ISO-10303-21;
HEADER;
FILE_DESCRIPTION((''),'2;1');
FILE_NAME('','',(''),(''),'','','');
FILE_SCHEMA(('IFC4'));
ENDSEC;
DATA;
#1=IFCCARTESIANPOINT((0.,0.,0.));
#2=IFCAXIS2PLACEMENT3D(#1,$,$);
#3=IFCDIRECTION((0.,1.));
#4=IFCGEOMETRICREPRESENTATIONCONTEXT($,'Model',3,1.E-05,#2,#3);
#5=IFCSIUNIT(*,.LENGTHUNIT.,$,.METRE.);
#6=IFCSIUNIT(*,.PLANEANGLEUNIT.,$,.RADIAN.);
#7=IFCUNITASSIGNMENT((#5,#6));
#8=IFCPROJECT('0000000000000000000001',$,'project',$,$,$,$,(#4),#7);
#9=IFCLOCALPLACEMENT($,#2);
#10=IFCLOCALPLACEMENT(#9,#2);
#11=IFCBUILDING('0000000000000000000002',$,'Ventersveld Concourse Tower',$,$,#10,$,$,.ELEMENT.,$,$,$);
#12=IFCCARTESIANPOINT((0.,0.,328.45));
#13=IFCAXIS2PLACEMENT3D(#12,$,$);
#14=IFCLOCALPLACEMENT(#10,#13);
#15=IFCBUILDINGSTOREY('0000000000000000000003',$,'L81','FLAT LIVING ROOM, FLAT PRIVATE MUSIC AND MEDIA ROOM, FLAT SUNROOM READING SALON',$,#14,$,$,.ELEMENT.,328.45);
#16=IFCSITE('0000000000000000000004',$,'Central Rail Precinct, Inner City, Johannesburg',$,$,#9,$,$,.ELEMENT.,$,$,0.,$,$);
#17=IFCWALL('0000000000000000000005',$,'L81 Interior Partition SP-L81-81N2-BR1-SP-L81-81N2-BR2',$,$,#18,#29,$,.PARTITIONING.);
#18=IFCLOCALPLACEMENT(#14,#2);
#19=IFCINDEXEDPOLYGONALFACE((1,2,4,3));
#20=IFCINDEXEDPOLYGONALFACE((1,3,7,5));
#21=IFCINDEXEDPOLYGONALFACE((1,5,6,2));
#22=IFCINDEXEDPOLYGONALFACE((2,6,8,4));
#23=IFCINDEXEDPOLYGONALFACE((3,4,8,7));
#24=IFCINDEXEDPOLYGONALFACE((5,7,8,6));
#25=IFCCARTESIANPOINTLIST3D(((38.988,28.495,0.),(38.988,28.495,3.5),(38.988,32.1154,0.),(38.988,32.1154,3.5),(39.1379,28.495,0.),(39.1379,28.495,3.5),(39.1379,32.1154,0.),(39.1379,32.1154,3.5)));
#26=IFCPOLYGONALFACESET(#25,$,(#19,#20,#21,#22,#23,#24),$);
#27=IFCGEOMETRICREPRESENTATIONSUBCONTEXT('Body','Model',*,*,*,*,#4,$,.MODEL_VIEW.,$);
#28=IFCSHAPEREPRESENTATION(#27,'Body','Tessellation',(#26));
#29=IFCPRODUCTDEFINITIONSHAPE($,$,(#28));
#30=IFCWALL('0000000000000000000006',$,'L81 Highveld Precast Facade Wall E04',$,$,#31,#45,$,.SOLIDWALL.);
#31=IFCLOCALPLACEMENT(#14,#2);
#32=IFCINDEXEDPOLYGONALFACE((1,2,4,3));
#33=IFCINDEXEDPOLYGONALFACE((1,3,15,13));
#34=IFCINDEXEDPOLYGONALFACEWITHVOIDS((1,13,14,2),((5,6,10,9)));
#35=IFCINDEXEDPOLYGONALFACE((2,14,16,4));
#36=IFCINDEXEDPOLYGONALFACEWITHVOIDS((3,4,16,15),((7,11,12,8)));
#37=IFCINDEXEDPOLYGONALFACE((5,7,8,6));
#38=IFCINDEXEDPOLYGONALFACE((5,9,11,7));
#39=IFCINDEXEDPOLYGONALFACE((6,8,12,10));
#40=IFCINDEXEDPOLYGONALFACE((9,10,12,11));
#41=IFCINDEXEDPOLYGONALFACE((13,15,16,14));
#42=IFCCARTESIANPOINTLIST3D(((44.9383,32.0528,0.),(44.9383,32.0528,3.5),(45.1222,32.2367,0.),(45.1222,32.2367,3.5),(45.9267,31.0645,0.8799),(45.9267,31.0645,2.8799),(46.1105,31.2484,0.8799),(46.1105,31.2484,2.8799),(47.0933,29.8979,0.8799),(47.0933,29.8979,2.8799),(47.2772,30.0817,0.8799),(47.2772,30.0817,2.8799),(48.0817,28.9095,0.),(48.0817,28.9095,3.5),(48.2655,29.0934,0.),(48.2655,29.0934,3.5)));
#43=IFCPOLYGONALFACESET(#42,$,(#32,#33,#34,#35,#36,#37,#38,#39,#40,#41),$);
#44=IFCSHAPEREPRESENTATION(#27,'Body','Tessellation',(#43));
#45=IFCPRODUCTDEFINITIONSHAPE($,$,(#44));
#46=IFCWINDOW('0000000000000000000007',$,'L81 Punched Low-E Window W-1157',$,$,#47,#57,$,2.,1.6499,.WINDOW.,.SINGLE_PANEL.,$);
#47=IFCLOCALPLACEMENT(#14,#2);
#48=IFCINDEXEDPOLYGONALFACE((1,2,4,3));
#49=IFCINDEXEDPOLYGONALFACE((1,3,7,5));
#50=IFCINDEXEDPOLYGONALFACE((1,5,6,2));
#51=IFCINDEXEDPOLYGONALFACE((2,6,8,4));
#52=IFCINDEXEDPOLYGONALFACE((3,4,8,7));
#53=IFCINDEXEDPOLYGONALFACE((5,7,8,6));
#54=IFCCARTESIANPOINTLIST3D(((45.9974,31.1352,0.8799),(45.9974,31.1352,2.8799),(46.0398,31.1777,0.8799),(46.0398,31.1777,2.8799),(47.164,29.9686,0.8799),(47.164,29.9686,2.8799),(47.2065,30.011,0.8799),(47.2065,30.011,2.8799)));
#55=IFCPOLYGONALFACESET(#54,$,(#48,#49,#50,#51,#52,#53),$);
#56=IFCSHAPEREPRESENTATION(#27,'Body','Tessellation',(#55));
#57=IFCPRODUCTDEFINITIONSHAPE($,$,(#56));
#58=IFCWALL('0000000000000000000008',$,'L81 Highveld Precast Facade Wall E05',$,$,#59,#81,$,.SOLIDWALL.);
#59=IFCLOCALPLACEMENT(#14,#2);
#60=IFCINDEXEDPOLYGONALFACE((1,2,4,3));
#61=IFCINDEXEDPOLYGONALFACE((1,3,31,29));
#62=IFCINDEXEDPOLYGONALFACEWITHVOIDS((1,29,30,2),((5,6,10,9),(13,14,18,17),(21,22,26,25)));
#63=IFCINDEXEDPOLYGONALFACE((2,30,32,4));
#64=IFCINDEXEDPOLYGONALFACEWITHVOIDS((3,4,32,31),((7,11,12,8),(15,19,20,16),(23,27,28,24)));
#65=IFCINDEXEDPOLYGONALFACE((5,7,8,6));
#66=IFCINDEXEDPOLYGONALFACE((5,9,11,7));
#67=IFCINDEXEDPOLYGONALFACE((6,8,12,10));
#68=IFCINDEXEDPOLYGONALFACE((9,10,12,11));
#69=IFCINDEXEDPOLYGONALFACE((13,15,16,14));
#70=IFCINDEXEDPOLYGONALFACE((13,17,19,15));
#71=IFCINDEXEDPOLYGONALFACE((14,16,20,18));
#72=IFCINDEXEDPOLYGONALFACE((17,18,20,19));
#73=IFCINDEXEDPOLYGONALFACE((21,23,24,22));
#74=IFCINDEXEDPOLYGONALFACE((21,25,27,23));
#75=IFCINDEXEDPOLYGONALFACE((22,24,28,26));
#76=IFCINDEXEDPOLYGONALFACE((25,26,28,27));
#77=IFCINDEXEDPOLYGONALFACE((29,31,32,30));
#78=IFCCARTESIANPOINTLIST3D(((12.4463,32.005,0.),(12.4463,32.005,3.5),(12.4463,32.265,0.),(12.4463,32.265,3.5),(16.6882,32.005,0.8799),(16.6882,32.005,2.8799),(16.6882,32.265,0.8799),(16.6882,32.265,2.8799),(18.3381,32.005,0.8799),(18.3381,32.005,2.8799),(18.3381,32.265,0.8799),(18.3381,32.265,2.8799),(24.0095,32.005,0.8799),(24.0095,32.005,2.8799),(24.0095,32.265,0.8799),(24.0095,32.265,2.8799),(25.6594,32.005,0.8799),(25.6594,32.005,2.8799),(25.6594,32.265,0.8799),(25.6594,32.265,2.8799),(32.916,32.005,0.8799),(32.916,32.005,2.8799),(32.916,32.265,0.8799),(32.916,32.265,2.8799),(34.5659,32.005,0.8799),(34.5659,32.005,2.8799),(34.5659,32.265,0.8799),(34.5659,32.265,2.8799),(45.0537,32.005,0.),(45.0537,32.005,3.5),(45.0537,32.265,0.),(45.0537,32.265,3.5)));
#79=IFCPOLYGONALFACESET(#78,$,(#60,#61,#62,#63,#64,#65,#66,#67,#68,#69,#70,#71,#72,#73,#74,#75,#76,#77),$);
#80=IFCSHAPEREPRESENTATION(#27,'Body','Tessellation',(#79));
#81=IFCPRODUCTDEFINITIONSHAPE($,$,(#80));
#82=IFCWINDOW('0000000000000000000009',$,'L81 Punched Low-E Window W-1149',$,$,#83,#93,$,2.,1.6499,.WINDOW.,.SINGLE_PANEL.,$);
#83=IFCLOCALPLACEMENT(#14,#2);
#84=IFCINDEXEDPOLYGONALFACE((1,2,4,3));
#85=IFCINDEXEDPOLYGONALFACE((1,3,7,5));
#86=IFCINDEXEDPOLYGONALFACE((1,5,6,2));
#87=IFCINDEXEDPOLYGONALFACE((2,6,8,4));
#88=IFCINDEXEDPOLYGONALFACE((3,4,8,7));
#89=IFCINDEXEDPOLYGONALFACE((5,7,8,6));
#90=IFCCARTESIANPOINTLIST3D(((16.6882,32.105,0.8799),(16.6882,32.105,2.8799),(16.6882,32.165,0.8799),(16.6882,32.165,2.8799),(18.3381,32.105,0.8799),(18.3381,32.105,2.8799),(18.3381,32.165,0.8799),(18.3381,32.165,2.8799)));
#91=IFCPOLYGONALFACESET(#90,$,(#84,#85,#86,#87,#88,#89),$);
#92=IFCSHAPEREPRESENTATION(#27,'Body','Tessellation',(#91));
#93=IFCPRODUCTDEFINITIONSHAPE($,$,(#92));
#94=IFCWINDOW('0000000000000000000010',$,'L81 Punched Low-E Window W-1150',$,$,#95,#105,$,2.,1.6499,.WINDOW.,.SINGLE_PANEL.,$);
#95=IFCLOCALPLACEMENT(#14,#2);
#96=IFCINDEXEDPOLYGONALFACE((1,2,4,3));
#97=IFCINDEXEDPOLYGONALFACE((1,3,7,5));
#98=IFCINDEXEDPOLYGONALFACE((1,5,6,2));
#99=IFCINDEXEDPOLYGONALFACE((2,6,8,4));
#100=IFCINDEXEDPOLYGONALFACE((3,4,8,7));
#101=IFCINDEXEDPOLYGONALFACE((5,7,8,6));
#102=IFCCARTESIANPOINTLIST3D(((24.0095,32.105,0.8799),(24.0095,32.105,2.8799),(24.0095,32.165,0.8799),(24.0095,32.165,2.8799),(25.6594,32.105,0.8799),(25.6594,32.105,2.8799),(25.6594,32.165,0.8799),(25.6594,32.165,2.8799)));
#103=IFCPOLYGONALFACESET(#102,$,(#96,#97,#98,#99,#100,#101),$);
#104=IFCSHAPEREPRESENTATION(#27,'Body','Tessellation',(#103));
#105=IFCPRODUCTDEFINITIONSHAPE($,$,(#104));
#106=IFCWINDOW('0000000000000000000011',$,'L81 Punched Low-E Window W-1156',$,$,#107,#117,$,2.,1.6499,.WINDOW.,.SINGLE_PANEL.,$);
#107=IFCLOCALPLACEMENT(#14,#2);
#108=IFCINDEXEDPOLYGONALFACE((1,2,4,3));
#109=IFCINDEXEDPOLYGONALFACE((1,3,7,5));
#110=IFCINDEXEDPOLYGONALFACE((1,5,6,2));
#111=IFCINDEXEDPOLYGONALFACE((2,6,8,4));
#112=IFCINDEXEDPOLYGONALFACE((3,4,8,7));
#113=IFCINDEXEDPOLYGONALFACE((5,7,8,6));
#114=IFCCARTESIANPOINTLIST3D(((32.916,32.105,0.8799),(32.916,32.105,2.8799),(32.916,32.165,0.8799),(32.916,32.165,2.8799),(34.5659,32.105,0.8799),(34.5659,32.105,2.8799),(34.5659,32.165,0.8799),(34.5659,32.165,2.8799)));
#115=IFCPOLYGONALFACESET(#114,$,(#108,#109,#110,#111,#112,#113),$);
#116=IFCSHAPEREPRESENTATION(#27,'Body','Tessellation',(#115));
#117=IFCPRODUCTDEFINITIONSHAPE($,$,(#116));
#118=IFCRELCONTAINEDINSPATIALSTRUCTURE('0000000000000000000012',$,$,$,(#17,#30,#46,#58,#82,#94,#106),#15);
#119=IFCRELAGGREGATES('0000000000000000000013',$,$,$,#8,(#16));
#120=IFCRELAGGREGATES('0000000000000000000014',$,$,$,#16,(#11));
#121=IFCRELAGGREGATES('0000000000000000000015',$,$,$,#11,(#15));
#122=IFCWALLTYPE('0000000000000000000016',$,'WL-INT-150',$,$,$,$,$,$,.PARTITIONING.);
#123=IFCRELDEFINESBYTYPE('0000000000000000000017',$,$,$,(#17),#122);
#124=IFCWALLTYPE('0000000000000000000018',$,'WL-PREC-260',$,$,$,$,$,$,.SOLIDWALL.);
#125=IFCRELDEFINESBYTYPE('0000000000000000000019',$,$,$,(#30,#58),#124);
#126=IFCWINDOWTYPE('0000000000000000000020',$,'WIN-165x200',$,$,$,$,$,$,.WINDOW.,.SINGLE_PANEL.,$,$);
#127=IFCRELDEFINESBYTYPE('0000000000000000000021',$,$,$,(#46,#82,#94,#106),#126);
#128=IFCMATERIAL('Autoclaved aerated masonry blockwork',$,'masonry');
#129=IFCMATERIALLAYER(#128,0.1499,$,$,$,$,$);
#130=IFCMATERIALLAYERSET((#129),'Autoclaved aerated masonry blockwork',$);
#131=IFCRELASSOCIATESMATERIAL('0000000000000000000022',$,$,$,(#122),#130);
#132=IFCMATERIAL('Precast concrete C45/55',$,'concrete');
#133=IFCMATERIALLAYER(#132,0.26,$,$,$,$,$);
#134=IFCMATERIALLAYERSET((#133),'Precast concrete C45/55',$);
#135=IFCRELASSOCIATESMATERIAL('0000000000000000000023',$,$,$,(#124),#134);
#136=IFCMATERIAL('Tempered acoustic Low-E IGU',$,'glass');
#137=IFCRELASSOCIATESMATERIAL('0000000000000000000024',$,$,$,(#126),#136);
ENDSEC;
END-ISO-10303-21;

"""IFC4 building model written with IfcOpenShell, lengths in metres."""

from ifc_helpers import new_model, si_unit, direction, frame, frame_2d, origin, place, context, subcontext, project, spatial, rectangle, extrude, material, layer, layer_set, type_object, element, fill, save


model = new_model("IFC4")

# Units and contexts
model_context = context("Model", 3, precision=1e-05, world=origin(), true_north=direction((0.0, 1.0)))
body_context = subcontext(model_context, "Body", "Model", "MODEL_VIEW")
ifc_project = project(units=[si_unit("LENGTHUNIT", "METRE"), si_unit("PLANEANGLEUNIT", "RADIAN")], contexts=[model_context])

# Site, building, storey
site_placement = place(None, origin())
site = spatial("IfcSite", under=ifc_project, at=site_placement, Name="Central Rail Precinct, Inner City, Johannesburg", CompositionType="ELEMENT", RefElevation=0.0)
building_placement = place(site_placement, origin())
building = spatial("IfcBuilding", under=site, at=building_placement, Name="Ventersveld Concourse Tower", CompositionType="ELEMENT")
storey_placement = place(building_placement, frame((0.0, 0.0, 328.45)))
storey = spatial("IfcBuildingStorey", under=building, at=storey_placement, Name="L81", Description="FLAT LIVING ROOM, FLAT PRIVATE MUSIC AND MEDIA ROOM, FLAT SUNROOM READING SALON", CompositionType="ELEMENT", Elevation=328.45)

# Shared definitions
ifc_material_1 = material(Name="Autoclaved aerated masonry blockwork", Category="masonry")
ifc_layer_1 = layer(ifc_material_1, 0.1499)
ifc_layer_set_1 = layer_set([ifc_layer_1], Name="Autoclaved aerated masonry blockwork")
wall_type_1 = type_object("IfcWallType", Name="WL-INT-150", PredefinedType="PARTITIONING", material=ifc_layer_set_1)

# Wall
wall_1_placement = place(storey_placement, frame((39.063, 28.4951, 0.0), z_axis=(0.0, 0.0, 1.0), x_axis=(0.0, 1.0, 0.0)))
element("IfcWall", 1, at=wall_1_placement, inside=storey, type_object=wall_type_1, Name="L81 Interior Partition SP-L81-81N2-BR1-SP-L81-81N2-BR2", PredefinedType="PARTITIONING", context=body_context, shape_type="SweptSolid", body=[
    extrude(rectangle(XDim=3.6204, YDim=0.1499, at=frame_2d((1.8101, 0.0))), origin(), (0.0, 0.0, 1.0), 3.5),
])

# Wall, opening, window
ifc_material_2 = material(Name="Precast concrete C45/55", Category="concrete")
ifc_layer_2 = layer(ifc_material_2, 0.26)
ifc_layer_set_2 = layer_set([ifc_layer_2], Name="Precast concrete C45/55")
wall_type_2 = type_object("IfcWallType", Name="WL-PREC-260", PredefinedType="SOLIDWALL", material=ifc_layer_set_2)
wall_2_placement = place(storey_placement, frame((48.1736, 29.0015, 0.0), z_axis=(0.0, 0.0, 1.0), x_axis=(-0.707107, 0.707107, 0.0)))
wall_2 = element("IfcWall", 2, at=wall_2_placement, inside=storey, type_object=wall_type_2, Name="L81 Highveld Precast Facade Wall E04", PredefinedType="SOLIDWALL", context=body_context, shape_type="SweptSolid", body=[
    extrude(rectangle(XDim=4.4453, YDim=0.26, at=frame_2d((2.2227, 0.0))), origin(), (0.0, 0.0, 1.0), 3.5),
])
opening_1_placement = place(wall_2_placement, frame((1.3977, 0.0, 0.8799)))
opening_1 = element("IfcOpeningElement", 3, at=opening_1_placement, cuts=wall_2, PredefinedType="OPENING", context=body_context, shape_type="SweptSolid", body=[
    extrude(rectangle(XDim=1.6499, YDim=2.0, at=frame_2d((0.825, 1.0))), frame((0.0, 0.1401, 0.0), z_axis=(0.0, -1.0, 0.0), x_axis=(1.0, 0.0, 0.0)), (0.0, 0.0, 1.0), 0.28),
])
ifc_material_3 = material(Name="Tempered acoustic Low-E IGU", Category="glass")
window_type = type_object("IfcWindowType", Name="WIN-165x200", PartitioningType="SINGLE_PANEL", PredefinedType="WINDOW", material=ifc_material_3)
window_1_placement = place(opening_1_placement, origin())
window_1 = element("IfcWindow", 4, at=window_1_placement, inside=storey, type_object=window_type, Name="L81 Punched Low-E Window W-1157", OverallHeight=2.0, OverallWidth=1.6499, PartitioningType="SINGLE_PANEL", PredefinedType="WINDOW", context=body_context, shape_type="SweptSolid", body=[
    extrude(rectangle(XDim=1.6499, YDim=2.0, at=frame_2d((0.825, 1.0))), frame((0.0, 0.03, 0.0), z_axis=(0.0, -1.0, 0.0), x_axis=(1.0, 0.0, 0.0)), (0.0, 0.0, 1.0), 0.0601),
])
fill(opening_1, window_1)

# Wall, openings, windows
wall_3_placement = place(storey_placement, frame((45.0537, 32.135, 0.0), z_axis=(0.0, 0.0, 1.0), x_axis=(-1.0, 0.0, 0.0)))
wall_3 = element("IfcWall", 5, at=wall_3_placement, inside=storey, type_object=wall_type_2, Name="L81 Highveld Precast Facade Wall E05", PredefinedType="SOLIDWALL", context=body_context, shape_type="SweptSolid", body=[
    extrude(rectangle(XDim=32.6074, YDim=0.26, at=frame_2d((16.3037, 0.0))), origin(), (0.0, 0.0, 1.0), 3.5),
])
opening_2_placement = place(wall_3_placement, frame((26.7156, 0.0, 0.8799)))
opening_2 = element("IfcOpeningElement", 6, at=opening_2_placement, cuts=wall_3, PredefinedType="OPENING", context=body_context, shape_type="SweptSolid", body=[
    extrude(rectangle(XDim=1.6499, YDim=2.0, at=frame_2d((0.825, 1.0))), frame((0.0, 0.1401, 0.0), z_axis=(0.0, -1.0, 0.0), x_axis=(1.0, 0.0, 0.0)), (0.0, 0.0, 1.0), 0.28),
])
opening_3_placement = place(wall_3_placement, frame((19.3943, 0.0, 0.8799)))
opening_3 = element("IfcOpeningElement", 7, at=opening_3_placement, cuts=wall_3, PredefinedType="OPENING", context=body_context, shape_type="SweptSolid", body=[
    extrude(rectangle(XDim=1.6499, YDim=2.0, at=frame_2d((0.825, 1.0))), frame((0.0, 0.1401, 0.0), z_axis=(0.0, -1.0, 0.0), x_axis=(1.0, 0.0, 0.0)), (0.0, 0.0, 1.0), 0.28),
])
opening_4_placement = place(wall_3_placement, frame((10.4878, 0.0, 0.8799)))
opening_4 = element("IfcOpeningElement", 8, at=opening_4_placement, cuts=wall_3, PredefinedType="OPENING", context=body_context, shape_type="SweptSolid", body=[
    extrude(rectangle(XDim=1.6499, YDim=2.0, at=frame_2d((0.825, 1.0))), frame((0.0, 0.1401, 0.0), z_axis=(0.0, -1.0, 0.0), x_axis=(1.0, 0.0, 0.0)), (0.0, 0.0, 1.0), 0.28),
])
window_2_placement = place(opening_2_placement, origin())
window_2 = element("IfcWindow", 9, at=window_2_placement, inside=storey, type_object=window_type, Name="L81 Punched Low-E Window W-1149", OverallHeight=2.0, OverallWidth=1.6499, PartitioningType="SINGLE_PANEL", PredefinedType="WINDOW", context=body_context, shape_type="SweptSolid", body=[
    extrude(rectangle(XDim=1.6499, YDim=2.0, at=frame_2d((0.825, 1.0))), frame((0.0, 0.03, 0.0), z_axis=(0.0, -1.0, 0.0), x_axis=(1.0, 0.0, 0.0)), (0.0, 0.0, 1.0), 0.0601),
])
fill(opening_2, window_2)
window_3_placement = place(opening_3_placement, origin())
window_3 = element("IfcWindow", 10, at=window_3_placement, inside=storey, type_object=window_type, Name="L81 Punched Low-E Window W-1150", OverallHeight=2.0, OverallWidth=1.6499, PartitioningType="SINGLE_PANEL", PredefinedType="WINDOW", context=body_context, shape_type="SweptSolid", body=[
    extrude(rectangle(XDim=1.6499, YDim=2.0, at=frame_2d((0.825, 1.0))), frame((0.0, 0.03, 0.0), z_axis=(0.0, -1.0, 0.0), x_axis=(1.0, 0.0, 0.0)), (0.0, 0.0, 1.0), 0.0601),
])
fill(opening_3, window_3)
window_4_placement = place(opening_4_placement, origin())
window_4 = element("IfcWindow", 11, at=window_4_placement, inside=storey, type_object=window_type, Name="L81 Punched Low-E Window W-1156", OverallHeight=2.0, OverallWidth=1.6499, PartitioningType="SINGLE_PANEL", PredefinedType="WINDOW", context=body_context, shape_type="SweptSolid", body=[
    extrude(rectangle(XDim=1.6499, YDim=2.0, at=frame_2d((0.825, 1.0))), frame((0.0, 0.03, 0.0), z_axis=(0.0, -1.0, 0.0), x_axis=(1.0, 0.0, 0.0)), (0.0, 0.0, 1.0), 0.0601),
])
fill(opening_4, window_4)

save(model, "model.ifc")
